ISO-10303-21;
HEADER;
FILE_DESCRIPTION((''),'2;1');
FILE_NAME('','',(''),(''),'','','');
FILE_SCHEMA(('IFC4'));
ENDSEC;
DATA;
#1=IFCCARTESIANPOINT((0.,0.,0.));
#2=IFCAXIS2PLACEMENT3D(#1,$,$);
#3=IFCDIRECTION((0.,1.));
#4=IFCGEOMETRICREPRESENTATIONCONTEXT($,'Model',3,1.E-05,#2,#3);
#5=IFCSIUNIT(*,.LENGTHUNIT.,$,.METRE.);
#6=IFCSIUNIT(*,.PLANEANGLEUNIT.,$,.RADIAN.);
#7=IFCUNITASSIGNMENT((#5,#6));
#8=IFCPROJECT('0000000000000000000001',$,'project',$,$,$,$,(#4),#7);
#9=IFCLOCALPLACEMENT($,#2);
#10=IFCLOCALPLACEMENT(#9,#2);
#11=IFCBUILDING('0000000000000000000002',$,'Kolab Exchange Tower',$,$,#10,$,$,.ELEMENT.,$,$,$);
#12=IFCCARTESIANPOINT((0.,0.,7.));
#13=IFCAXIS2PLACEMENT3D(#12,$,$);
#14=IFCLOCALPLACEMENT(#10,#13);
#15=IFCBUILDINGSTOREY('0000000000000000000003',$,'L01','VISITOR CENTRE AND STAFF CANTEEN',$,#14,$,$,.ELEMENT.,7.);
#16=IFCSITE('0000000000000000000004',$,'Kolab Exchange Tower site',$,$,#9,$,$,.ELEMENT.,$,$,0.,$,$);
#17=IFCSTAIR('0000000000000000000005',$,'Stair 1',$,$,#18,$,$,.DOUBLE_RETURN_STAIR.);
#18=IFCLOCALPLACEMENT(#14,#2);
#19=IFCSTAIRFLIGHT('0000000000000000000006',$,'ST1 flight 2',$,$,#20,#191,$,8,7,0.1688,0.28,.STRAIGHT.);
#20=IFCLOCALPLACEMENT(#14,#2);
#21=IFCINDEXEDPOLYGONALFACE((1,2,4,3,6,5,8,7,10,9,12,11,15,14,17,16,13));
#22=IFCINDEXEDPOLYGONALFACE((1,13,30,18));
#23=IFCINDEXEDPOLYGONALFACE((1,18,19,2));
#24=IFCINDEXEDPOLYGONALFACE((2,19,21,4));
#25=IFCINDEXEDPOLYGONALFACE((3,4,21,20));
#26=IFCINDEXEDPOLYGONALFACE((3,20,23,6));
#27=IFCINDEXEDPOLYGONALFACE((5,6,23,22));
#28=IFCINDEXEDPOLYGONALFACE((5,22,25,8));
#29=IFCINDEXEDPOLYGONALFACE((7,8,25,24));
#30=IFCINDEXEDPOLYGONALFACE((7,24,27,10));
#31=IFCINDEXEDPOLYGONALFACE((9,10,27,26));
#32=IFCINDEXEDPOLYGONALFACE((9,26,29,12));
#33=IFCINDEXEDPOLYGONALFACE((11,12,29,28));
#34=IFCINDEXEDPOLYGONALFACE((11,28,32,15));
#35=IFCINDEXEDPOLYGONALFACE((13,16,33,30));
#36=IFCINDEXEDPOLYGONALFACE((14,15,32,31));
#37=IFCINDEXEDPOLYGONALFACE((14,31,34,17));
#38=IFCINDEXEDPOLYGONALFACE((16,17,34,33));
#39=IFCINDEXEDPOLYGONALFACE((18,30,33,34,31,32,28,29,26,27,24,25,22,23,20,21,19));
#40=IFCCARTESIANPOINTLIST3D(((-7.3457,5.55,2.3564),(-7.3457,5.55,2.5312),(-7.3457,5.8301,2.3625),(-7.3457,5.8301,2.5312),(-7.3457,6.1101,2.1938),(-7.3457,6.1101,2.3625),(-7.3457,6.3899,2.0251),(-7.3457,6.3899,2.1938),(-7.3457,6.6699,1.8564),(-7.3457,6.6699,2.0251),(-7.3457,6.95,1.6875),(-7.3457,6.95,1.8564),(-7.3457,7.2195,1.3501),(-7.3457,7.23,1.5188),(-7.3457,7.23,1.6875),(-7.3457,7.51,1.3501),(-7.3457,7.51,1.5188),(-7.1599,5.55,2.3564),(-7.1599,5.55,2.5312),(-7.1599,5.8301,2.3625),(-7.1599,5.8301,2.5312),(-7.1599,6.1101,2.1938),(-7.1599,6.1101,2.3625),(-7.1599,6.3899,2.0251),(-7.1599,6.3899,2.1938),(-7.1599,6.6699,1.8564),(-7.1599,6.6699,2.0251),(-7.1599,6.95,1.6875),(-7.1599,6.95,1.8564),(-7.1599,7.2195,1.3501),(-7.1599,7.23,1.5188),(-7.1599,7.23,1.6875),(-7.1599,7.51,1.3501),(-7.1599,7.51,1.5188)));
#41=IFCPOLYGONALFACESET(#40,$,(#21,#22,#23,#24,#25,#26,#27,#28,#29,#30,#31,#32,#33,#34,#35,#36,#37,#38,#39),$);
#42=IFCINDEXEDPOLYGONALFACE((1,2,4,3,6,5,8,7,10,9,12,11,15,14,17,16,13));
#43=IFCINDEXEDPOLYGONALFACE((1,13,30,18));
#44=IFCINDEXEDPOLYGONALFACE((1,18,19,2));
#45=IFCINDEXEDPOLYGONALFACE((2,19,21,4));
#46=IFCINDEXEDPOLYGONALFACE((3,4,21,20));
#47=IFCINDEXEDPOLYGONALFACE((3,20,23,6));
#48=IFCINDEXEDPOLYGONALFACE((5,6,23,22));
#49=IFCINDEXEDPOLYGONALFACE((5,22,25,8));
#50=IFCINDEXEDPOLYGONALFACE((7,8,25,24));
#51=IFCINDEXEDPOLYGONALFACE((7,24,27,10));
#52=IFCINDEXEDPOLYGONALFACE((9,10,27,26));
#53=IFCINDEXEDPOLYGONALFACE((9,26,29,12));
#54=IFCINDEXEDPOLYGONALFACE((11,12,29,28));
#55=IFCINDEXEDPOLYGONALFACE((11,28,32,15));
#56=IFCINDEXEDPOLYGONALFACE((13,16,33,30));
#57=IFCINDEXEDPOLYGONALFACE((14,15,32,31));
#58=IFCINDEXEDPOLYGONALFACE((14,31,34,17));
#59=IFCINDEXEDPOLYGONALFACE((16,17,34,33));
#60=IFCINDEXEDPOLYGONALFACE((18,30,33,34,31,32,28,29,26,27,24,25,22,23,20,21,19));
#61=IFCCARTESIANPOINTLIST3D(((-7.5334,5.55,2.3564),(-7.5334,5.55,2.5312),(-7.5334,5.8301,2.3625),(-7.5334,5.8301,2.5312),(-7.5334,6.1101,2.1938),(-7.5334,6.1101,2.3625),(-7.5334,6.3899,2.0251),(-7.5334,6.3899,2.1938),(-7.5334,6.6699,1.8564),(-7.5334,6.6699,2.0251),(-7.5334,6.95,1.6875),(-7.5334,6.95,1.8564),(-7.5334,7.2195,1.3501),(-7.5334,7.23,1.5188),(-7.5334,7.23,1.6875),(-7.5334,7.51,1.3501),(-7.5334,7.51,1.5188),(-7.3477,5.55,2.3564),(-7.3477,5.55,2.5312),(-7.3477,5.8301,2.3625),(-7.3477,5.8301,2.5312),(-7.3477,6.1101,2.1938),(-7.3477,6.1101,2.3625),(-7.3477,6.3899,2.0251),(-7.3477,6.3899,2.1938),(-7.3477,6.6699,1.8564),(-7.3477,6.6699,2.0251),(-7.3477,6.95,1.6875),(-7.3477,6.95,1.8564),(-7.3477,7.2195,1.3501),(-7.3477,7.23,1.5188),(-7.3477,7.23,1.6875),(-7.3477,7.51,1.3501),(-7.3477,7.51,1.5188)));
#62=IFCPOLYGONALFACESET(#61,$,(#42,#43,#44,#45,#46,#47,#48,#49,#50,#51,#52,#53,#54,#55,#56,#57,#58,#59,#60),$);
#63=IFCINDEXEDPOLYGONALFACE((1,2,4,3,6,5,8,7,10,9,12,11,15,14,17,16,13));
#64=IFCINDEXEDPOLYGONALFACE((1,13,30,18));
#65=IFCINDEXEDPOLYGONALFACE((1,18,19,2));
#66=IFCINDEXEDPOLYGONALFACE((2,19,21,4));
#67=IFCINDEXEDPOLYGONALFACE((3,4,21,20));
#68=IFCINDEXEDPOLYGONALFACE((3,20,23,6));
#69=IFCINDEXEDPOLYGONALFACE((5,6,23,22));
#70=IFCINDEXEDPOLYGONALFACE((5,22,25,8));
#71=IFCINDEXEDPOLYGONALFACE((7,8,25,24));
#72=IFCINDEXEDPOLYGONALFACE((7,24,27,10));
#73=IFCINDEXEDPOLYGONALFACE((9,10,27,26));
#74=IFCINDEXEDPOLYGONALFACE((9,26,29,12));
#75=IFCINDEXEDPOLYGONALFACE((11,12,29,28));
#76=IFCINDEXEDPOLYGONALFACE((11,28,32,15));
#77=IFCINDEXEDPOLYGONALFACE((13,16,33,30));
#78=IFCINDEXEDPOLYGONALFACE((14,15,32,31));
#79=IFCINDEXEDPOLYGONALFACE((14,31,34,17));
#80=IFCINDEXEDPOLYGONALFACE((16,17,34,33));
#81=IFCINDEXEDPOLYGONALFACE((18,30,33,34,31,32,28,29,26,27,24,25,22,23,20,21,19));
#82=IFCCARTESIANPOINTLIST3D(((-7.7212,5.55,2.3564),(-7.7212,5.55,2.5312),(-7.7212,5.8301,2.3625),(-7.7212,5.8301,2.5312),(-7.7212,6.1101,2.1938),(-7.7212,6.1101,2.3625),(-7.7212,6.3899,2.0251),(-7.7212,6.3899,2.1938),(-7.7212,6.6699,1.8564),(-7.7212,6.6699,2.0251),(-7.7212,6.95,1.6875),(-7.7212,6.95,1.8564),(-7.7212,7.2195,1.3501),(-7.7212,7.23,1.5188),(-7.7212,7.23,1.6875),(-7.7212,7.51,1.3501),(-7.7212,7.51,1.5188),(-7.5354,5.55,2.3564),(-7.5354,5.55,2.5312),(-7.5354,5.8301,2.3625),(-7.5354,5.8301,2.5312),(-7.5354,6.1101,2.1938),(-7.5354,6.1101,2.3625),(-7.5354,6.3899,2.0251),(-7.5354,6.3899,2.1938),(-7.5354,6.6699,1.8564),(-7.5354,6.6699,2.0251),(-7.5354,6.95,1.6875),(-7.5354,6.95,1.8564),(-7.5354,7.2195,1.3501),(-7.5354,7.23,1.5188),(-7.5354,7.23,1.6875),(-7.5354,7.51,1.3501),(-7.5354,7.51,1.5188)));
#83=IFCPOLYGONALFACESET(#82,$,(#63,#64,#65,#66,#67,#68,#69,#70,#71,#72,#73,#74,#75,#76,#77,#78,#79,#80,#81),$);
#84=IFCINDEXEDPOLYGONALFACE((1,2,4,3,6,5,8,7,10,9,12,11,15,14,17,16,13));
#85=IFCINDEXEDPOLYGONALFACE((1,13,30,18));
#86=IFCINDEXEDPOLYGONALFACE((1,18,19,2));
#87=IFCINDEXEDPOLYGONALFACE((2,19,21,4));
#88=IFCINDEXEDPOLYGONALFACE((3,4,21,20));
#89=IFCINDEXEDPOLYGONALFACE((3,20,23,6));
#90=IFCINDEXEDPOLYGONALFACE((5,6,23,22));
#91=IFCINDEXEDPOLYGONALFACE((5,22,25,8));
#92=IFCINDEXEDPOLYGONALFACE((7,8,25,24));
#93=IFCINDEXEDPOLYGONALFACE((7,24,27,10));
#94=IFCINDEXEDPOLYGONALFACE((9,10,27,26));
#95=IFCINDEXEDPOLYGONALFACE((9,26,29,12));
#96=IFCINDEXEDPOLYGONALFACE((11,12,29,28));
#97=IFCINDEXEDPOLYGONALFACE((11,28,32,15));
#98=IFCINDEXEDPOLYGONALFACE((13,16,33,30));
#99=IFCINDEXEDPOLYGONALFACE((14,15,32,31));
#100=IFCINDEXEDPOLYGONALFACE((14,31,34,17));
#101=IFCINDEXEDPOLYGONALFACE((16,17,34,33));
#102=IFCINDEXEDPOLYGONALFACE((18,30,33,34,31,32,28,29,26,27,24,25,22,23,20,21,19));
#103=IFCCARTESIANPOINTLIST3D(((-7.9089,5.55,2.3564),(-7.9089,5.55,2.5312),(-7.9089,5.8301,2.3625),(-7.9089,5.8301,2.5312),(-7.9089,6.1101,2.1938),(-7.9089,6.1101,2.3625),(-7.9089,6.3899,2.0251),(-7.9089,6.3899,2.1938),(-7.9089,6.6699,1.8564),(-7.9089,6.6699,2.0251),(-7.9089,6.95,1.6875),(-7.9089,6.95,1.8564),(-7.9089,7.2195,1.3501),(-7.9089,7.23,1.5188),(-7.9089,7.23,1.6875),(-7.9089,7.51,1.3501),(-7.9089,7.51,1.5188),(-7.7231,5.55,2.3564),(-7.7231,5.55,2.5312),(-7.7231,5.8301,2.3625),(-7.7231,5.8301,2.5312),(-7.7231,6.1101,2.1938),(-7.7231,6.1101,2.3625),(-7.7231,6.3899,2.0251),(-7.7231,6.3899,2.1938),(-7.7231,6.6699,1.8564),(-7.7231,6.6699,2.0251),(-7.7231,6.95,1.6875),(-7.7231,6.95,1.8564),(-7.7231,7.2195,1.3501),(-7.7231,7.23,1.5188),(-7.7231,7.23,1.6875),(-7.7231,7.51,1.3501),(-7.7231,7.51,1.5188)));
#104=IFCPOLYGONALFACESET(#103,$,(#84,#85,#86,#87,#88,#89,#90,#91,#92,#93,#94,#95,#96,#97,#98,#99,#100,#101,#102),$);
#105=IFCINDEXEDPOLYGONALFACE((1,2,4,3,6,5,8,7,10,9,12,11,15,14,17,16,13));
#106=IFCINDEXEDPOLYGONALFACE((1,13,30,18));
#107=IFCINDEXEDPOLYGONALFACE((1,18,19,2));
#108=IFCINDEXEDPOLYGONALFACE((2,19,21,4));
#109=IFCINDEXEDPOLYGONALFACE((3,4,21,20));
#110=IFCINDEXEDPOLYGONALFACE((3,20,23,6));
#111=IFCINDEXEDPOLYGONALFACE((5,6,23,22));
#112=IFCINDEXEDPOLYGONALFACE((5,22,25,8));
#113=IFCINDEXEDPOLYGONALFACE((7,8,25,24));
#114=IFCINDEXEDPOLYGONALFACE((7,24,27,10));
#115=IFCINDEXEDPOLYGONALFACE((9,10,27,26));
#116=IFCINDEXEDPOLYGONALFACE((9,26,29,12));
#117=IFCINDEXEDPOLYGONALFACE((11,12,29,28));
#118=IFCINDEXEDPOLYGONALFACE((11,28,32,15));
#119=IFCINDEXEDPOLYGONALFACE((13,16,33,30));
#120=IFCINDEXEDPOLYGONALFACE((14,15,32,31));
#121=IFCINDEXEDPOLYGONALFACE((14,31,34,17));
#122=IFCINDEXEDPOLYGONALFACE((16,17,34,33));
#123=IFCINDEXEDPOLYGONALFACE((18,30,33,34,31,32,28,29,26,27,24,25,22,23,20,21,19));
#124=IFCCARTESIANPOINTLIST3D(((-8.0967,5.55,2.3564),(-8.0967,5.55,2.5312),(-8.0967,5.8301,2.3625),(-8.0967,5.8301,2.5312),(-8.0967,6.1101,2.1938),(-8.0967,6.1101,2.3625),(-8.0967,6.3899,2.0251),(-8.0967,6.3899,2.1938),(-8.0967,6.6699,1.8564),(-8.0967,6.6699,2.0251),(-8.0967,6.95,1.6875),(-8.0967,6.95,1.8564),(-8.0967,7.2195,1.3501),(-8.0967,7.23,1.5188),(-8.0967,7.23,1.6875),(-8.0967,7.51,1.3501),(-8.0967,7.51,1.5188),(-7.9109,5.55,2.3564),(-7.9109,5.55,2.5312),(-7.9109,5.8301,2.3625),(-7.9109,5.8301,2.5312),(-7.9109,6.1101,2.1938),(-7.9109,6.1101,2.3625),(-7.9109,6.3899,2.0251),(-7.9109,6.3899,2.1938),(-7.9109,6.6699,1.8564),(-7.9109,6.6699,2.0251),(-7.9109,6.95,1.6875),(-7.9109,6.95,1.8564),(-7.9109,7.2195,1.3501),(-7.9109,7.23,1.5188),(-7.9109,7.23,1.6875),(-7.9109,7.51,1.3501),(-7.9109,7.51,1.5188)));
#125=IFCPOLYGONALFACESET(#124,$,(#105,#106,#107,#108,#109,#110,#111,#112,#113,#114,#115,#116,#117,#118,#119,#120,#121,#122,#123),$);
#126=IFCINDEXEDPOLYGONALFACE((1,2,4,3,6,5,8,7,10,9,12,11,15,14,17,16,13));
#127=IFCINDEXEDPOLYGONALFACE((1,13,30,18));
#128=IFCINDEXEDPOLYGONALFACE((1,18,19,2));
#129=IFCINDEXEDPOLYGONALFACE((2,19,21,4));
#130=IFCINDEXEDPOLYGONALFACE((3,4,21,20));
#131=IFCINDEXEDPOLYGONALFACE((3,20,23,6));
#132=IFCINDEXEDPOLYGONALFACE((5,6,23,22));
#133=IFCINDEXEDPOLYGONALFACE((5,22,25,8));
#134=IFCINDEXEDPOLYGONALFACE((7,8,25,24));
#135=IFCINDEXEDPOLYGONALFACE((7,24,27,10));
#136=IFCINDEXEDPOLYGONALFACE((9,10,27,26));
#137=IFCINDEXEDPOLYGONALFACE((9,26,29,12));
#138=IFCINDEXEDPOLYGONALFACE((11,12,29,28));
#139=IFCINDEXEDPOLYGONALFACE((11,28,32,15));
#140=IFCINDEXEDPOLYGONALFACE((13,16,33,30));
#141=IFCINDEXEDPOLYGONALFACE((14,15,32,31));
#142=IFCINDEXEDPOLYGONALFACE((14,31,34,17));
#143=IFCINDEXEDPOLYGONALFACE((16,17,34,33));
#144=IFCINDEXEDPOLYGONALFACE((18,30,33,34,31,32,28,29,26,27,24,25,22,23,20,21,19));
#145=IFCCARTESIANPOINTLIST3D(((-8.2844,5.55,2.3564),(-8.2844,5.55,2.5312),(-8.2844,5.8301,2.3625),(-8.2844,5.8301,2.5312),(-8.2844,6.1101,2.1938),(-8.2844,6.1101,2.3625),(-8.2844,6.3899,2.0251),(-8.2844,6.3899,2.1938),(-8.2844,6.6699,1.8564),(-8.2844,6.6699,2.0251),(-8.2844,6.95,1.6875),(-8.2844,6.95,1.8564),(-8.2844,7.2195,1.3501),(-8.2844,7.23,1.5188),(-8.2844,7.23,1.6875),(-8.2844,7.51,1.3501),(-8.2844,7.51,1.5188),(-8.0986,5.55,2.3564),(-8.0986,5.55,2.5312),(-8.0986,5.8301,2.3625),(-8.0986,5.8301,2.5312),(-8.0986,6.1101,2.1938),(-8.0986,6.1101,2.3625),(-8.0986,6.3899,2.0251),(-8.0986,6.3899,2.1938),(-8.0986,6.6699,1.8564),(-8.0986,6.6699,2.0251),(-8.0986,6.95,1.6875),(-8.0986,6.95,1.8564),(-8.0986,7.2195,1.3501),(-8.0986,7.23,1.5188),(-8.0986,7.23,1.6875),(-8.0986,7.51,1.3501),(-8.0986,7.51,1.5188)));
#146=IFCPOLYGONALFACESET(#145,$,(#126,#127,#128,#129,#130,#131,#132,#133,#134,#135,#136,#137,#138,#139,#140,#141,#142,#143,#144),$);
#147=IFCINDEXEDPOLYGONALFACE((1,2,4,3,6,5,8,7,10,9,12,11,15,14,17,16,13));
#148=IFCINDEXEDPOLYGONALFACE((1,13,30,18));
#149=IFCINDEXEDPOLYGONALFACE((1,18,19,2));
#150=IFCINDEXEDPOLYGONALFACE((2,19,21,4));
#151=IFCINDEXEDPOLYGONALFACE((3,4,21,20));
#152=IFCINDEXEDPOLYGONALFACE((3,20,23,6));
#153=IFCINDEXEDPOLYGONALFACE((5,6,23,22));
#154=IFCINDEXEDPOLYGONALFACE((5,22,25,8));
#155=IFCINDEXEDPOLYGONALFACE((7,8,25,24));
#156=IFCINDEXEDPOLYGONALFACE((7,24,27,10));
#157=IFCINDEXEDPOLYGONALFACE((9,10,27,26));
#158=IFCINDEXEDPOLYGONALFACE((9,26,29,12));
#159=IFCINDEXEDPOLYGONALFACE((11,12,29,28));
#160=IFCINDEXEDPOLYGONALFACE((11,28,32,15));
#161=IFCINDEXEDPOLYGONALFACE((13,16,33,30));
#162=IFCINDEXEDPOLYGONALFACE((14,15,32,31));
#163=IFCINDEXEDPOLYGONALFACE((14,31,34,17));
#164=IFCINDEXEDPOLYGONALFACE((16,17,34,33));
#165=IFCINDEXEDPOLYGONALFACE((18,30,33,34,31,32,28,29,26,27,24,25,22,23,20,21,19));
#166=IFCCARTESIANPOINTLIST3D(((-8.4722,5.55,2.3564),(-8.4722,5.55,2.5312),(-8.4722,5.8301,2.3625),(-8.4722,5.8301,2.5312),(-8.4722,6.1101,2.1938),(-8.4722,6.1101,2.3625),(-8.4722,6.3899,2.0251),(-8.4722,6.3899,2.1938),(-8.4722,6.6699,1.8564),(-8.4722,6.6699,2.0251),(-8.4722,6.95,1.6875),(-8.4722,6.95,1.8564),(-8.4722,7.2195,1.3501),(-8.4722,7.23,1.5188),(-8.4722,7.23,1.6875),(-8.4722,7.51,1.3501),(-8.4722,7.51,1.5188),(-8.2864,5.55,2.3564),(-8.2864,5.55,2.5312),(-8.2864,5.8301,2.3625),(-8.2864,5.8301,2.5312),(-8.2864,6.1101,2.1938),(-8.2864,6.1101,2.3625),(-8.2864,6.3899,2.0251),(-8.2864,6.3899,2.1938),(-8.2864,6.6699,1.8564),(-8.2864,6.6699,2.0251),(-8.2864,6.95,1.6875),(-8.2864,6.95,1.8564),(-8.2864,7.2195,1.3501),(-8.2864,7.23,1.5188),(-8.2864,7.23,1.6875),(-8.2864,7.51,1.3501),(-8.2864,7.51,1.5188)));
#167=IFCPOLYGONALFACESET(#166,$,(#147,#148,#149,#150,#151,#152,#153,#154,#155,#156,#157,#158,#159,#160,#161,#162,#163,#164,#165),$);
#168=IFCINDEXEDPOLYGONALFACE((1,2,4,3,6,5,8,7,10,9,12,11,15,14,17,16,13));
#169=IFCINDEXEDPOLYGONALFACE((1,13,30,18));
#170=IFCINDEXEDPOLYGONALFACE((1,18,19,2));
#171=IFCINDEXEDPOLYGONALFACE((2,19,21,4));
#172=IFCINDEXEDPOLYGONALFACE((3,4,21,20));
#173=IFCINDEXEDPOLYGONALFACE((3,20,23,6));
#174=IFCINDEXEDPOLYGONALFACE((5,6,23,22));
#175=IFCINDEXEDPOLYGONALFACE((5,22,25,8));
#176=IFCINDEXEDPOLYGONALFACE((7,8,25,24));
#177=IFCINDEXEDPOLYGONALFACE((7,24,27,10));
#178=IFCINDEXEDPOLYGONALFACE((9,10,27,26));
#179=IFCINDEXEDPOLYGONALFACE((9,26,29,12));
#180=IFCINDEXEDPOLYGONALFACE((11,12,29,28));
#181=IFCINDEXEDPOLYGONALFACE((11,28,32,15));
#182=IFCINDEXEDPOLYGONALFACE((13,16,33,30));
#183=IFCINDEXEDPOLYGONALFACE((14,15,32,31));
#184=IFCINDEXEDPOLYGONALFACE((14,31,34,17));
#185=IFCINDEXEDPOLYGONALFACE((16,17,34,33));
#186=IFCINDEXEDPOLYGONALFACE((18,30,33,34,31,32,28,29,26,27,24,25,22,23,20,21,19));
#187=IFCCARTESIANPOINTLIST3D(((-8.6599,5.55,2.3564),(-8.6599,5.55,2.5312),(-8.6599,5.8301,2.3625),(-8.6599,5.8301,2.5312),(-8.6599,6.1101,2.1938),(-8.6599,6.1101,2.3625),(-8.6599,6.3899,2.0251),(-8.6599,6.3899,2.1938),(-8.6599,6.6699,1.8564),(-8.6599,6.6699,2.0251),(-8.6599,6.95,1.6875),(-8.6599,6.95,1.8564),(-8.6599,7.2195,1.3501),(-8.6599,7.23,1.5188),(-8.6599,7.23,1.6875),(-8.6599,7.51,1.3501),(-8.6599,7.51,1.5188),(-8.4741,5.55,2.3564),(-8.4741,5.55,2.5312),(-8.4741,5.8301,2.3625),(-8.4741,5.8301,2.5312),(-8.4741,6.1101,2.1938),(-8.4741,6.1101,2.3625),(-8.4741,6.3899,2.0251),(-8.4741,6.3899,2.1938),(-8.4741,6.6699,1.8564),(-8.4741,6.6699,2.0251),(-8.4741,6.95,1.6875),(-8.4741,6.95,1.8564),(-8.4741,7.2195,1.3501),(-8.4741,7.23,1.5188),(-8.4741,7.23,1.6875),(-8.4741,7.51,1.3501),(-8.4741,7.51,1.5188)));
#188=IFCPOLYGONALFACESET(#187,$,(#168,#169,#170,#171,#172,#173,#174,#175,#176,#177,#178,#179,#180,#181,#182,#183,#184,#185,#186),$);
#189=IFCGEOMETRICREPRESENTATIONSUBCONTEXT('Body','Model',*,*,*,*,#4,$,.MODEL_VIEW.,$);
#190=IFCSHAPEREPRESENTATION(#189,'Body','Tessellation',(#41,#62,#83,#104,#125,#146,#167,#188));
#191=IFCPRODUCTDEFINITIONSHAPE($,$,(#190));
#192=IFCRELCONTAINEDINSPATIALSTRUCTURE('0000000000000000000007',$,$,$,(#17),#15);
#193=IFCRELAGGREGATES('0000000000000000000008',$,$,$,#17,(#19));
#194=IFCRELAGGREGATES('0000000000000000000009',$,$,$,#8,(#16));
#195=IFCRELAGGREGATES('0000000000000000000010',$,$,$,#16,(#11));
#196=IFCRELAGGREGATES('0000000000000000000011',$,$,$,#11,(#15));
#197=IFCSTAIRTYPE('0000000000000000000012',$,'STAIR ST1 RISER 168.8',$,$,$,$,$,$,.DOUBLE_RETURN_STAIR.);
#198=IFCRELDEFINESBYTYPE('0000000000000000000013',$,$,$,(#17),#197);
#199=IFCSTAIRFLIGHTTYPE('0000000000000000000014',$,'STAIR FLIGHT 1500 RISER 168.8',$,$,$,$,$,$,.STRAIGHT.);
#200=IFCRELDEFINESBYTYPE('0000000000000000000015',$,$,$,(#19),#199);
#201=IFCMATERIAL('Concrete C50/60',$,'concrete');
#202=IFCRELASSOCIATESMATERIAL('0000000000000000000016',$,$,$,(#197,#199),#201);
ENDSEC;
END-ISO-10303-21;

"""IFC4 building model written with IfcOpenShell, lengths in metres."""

from ifc_helpers import new_model, si_unit, direction, frame, origin, place, context, subcontext, project, spatial, polyline, outline, extrude, material, type_object, element, aggregate, save


model = new_model("IFC4")

# Units and contexts
model_context = context("Model", 3, precision=1e-05, world=origin(), true_north=direction((0.0, 1.0)))
body_context = subcontext(model_context, "Body", "Model", "MODEL_VIEW")
ifc_project = project(units=[si_unit("LENGTHUNIT", "METRE"), si_unit("PLANEANGLEUNIT", "RADIAN")], contexts=[model_context])

# Site, building, storey
site_placement = place(None, origin())
site = spatial("IfcSite", under=ifc_project, at=site_placement, Name="Kolab Exchange Tower site", CompositionType="ELEMENT", RefElevation=0.0)
building_placement = place(site_placement, origin())
building = spatial("IfcBuilding", under=site, at=building_placement, Name="Kolab Exchange Tower", CompositionType="ELEMENT")
storey_placement = place(building_placement, frame((0.0, 0.0, 7.0)))
storey = spatial("IfcBuildingStorey", under=building, at=storey_placement, Name="L01", Description="VISITOR CENTRE AND STAFF CANTEEN", CompositionType="ELEMENT", Elevation=7.0)

# Shared definitions
ifc_material_1 = material(Name="Concrete C50/60", Category="concrete")

# Stair, stair flight
stair_type = type_object("IfcStairType", Name="STAIR ST1 RISER 168.8", PredefinedType="DOUBLE_RETURN_STAIR", material=ifc_material_1)
stair_placement = place(storey_placement, origin())
stair = element("IfcStair", 1, at=stair_placement, inside=storey, type_object=stair_type, Name="Stair 1", PredefinedType="DOUBLE_RETURN_STAIR")
stair_flight_type = type_object("IfcStairFlightType", Name="STAIR FLIGHT 1500 RISER 168.8", PredefinedType="STRAIGHT", material=ifc_material_1)
stair_flight_1_placement = place(storey_placement, frame((-7.9099, 7.51, 1.3501), z_axis=(0.0, 0.0, 1.0), x_axis=(0.0, -1.0, 0.0)))
stair_flight_1 = element("IfcStairFlight", 2, at=stair_flight_1_placement, type_object=stair_flight_type, Name="ST1 flight 2", NumberOfRisers=8, NumberOfTreads=7, PredefinedType="STRAIGHT", RiserHeight=0.1688, TreadLength=0.28, context=body_context, shape_type="SweptSolid", body=[
    extrude(outline(polyline([(0.0, 0.0), (0.0, 0.1687), (0.28, 0.1687), (0.28, 0.3374), (0.5601, 0.3374), (0.5601, 0.5063), (0.8401, 0.5063), (0.8401, 0.675), (1.1201, 0.675), (1.1201, 0.8438), (1.3999, 0.8438), (1.3999, 1.0125), (1.6799, 1.0125), (1.6799, 1.1812), (1.96, 1.1812), (1.96, 1.3501), (1.96, 1.0063), (0.2905, 0.0), (0.0, 0.0)])), frame((0.0, 0.75, 0.0), z_axis=(0.0, -1.0, 0.0), x_axis=(1.0, 0.0, 0.0)), (0.0, 0.0, 1.0), 0.1858),
    extrude(outline(polyline([(0.0, 0.0), (0.0, 0.1687), (0.28, 0.1687), (0.28, 0.3374), (0.5601, 0.3374), (0.5601, 0.5063), (0.8401, 0.5063), (0.8401, 0.675), (1.1201, 0.675), (1.1201, 0.8438), (1.3999, 0.8438), (1.3999, 1.0125), (1.6799, 1.0125), (1.6799, 1.1812), (1.96, 1.1812), (1.96, 1.3501), (1.96, 1.0063), (0.2905, 0.0), (0.0, 0.0)])), frame((0.0, 0.5623, 0.0), z_axis=(0.0, -1.0, 0.0), x_axis=(1.0, 0.0, 0.0)), (0.0, 0.0, 1.0), 0.1858),
    extrude(outline(polyline([(0.0, 0.0), (0.0, 0.1687), (0.28, 0.1687), (0.28, 0.3374), (0.5601, 0.3374), (0.5601, 0.5063), (0.8401, 0.5063), (0.8401, 0.675), (1.1201, 0.675), (1.1201, 0.8438), (1.3999, 0.8438), (1.3999, 1.0125), (1.6799, 1.0125), (1.6799, 1.1812), (1.96, 1.1812), (1.96, 1.3501), (1.96, 1.0063), (0.2905, 0.0), (0.0, 0.0)])), frame((0.0, 0.3745, 0.0), z_axis=(0.0, -1.0, 0.0), x_axis=(1.0, 0.0, 0.0)), (0.0, 0.0, 1.0), 0.1858),
    extrude(outline(polyline([(0.0, 0.0), (0.0, 0.1687), (0.28, 0.1687), (0.28, 0.3374), (0.5601, 0.3374), (0.5601, 0.5063), (0.8401, 0.5063), (0.8401, 0.675), (1.1201, 0.675), (1.1201, 0.8438), (1.3999, 0.8438), (1.3999, 1.0125), (1.6799, 1.0125), (1.6799, 1.1812), (1.96, 1.1812), (1.96, 1.3501), (1.96, 1.0063), (0.2905, 0.0), (0.0, 0.0)])), frame((0.0, 0.1868, 0.0), z_axis=(0.0, -1.0, 0.0), x_axis=(1.0, 0.0, 0.0)), (0.0, 0.0, 1.0), 0.1858),
    extrude(outline(polyline([(0.0, 0.0), (0.0, 0.1687), (0.28, 0.1687), (0.28, 0.3374), (0.5601, 0.3374), (0.5601, 0.5063), (0.8401, 0.5063), (0.8401, 0.675), (1.1201, 0.675), (1.1201, 0.8438), (1.3999, 0.8438), (1.3999, 1.0125), (1.6799, 1.0125), (1.6799, 1.1812), (1.96, 1.1812), (1.96, 1.3501), (1.96, 1.0063), (0.2905, 0.0), (0.0, 0.0)])), frame((0.0, -0.001, 0.0), z_axis=(0.0, -1.0, 0.0), x_axis=(1.0, 0.0, 0.0)), (0.0, 0.0, 1.0), 0.1858),
    extrude(outline(polyline([(0.0, 0.0), (0.0, 0.1687), (0.28, 0.1687), (0.28, 0.3374), (0.5601, 0.3374), (0.5601, 0.5063), (0.8401, 0.5063), (0.8401, 0.675), (1.1201, 0.675), (1.1201, 0.8438), (1.3999, 0.8438), (1.3999, 1.0125), (1.6799, 1.0125), (1.6799, 1.1812), (1.96, 1.1812), (1.96, 1.3501), (1.96, 1.0063), (0.2905, 0.0), (0.0, 0.0)])), frame((0.0, -0.1887, 0.0), z_axis=(0.0, -1.0, 0.0), x_axis=(1.0, 0.0, 0.0)), (0.0, 0.0, 1.0), 0.1858),
    extrude(outline(polyline([(0.0, 0.0), (0.0, 0.1687), (0.28, 0.1687), (0.28, 0.3374), (0.5601, 0.3374), (0.5601, 0.5063), (0.8401, 0.5063), (0.8401, 0.675), (1.1201, 0.675), (1.1201, 0.8438), (1.3999, 0.8438), (1.3999, 1.0125), (1.6799, 1.0125), (1.6799, 1.1812), (1.96, 1.1812), (1.96, 1.3501), (1.96, 1.0063), (0.2905, 0.0), (0.0, 0.0)])), frame((0.0, -0.3765, 0.0), z_axis=(0.0, -1.0, 0.0), x_axis=(1.0, 0.0, 0.0)), (0.0, 0.0, 1.0), 0.1858),
    extrude(outline(polyline([(0.0, 0.0), (0.0, 0.1687), (0.28, 0.1687), (0.28, 0.3374), (0.5601, 0.3374), (0.5601, 0.5063), (0.8401, 0.5063), (0.8401, 0.675), (1.1201, 0.675), (1.1201, 0.8438), (1.3999, 0.8438), (1.3999, 1.0125), (1.6799, 1.0125), (1.6799, 1.1812), (1.96, 1.1812), (1.96, 1.3501), (1.96, 1.0063), (0.2905, 0.0), (0.0, 0.0)])), frame((0.0, -0.5642, 0.0), z_axis=(0.0, -1.0, 0.0), x_axis=(1.0, 0.0, 0.0)), (0.0, 0.0, 1.0), 0.1858),
])
aggregate(stair, [stair_flight_1])

save(model, "model.ifc")
